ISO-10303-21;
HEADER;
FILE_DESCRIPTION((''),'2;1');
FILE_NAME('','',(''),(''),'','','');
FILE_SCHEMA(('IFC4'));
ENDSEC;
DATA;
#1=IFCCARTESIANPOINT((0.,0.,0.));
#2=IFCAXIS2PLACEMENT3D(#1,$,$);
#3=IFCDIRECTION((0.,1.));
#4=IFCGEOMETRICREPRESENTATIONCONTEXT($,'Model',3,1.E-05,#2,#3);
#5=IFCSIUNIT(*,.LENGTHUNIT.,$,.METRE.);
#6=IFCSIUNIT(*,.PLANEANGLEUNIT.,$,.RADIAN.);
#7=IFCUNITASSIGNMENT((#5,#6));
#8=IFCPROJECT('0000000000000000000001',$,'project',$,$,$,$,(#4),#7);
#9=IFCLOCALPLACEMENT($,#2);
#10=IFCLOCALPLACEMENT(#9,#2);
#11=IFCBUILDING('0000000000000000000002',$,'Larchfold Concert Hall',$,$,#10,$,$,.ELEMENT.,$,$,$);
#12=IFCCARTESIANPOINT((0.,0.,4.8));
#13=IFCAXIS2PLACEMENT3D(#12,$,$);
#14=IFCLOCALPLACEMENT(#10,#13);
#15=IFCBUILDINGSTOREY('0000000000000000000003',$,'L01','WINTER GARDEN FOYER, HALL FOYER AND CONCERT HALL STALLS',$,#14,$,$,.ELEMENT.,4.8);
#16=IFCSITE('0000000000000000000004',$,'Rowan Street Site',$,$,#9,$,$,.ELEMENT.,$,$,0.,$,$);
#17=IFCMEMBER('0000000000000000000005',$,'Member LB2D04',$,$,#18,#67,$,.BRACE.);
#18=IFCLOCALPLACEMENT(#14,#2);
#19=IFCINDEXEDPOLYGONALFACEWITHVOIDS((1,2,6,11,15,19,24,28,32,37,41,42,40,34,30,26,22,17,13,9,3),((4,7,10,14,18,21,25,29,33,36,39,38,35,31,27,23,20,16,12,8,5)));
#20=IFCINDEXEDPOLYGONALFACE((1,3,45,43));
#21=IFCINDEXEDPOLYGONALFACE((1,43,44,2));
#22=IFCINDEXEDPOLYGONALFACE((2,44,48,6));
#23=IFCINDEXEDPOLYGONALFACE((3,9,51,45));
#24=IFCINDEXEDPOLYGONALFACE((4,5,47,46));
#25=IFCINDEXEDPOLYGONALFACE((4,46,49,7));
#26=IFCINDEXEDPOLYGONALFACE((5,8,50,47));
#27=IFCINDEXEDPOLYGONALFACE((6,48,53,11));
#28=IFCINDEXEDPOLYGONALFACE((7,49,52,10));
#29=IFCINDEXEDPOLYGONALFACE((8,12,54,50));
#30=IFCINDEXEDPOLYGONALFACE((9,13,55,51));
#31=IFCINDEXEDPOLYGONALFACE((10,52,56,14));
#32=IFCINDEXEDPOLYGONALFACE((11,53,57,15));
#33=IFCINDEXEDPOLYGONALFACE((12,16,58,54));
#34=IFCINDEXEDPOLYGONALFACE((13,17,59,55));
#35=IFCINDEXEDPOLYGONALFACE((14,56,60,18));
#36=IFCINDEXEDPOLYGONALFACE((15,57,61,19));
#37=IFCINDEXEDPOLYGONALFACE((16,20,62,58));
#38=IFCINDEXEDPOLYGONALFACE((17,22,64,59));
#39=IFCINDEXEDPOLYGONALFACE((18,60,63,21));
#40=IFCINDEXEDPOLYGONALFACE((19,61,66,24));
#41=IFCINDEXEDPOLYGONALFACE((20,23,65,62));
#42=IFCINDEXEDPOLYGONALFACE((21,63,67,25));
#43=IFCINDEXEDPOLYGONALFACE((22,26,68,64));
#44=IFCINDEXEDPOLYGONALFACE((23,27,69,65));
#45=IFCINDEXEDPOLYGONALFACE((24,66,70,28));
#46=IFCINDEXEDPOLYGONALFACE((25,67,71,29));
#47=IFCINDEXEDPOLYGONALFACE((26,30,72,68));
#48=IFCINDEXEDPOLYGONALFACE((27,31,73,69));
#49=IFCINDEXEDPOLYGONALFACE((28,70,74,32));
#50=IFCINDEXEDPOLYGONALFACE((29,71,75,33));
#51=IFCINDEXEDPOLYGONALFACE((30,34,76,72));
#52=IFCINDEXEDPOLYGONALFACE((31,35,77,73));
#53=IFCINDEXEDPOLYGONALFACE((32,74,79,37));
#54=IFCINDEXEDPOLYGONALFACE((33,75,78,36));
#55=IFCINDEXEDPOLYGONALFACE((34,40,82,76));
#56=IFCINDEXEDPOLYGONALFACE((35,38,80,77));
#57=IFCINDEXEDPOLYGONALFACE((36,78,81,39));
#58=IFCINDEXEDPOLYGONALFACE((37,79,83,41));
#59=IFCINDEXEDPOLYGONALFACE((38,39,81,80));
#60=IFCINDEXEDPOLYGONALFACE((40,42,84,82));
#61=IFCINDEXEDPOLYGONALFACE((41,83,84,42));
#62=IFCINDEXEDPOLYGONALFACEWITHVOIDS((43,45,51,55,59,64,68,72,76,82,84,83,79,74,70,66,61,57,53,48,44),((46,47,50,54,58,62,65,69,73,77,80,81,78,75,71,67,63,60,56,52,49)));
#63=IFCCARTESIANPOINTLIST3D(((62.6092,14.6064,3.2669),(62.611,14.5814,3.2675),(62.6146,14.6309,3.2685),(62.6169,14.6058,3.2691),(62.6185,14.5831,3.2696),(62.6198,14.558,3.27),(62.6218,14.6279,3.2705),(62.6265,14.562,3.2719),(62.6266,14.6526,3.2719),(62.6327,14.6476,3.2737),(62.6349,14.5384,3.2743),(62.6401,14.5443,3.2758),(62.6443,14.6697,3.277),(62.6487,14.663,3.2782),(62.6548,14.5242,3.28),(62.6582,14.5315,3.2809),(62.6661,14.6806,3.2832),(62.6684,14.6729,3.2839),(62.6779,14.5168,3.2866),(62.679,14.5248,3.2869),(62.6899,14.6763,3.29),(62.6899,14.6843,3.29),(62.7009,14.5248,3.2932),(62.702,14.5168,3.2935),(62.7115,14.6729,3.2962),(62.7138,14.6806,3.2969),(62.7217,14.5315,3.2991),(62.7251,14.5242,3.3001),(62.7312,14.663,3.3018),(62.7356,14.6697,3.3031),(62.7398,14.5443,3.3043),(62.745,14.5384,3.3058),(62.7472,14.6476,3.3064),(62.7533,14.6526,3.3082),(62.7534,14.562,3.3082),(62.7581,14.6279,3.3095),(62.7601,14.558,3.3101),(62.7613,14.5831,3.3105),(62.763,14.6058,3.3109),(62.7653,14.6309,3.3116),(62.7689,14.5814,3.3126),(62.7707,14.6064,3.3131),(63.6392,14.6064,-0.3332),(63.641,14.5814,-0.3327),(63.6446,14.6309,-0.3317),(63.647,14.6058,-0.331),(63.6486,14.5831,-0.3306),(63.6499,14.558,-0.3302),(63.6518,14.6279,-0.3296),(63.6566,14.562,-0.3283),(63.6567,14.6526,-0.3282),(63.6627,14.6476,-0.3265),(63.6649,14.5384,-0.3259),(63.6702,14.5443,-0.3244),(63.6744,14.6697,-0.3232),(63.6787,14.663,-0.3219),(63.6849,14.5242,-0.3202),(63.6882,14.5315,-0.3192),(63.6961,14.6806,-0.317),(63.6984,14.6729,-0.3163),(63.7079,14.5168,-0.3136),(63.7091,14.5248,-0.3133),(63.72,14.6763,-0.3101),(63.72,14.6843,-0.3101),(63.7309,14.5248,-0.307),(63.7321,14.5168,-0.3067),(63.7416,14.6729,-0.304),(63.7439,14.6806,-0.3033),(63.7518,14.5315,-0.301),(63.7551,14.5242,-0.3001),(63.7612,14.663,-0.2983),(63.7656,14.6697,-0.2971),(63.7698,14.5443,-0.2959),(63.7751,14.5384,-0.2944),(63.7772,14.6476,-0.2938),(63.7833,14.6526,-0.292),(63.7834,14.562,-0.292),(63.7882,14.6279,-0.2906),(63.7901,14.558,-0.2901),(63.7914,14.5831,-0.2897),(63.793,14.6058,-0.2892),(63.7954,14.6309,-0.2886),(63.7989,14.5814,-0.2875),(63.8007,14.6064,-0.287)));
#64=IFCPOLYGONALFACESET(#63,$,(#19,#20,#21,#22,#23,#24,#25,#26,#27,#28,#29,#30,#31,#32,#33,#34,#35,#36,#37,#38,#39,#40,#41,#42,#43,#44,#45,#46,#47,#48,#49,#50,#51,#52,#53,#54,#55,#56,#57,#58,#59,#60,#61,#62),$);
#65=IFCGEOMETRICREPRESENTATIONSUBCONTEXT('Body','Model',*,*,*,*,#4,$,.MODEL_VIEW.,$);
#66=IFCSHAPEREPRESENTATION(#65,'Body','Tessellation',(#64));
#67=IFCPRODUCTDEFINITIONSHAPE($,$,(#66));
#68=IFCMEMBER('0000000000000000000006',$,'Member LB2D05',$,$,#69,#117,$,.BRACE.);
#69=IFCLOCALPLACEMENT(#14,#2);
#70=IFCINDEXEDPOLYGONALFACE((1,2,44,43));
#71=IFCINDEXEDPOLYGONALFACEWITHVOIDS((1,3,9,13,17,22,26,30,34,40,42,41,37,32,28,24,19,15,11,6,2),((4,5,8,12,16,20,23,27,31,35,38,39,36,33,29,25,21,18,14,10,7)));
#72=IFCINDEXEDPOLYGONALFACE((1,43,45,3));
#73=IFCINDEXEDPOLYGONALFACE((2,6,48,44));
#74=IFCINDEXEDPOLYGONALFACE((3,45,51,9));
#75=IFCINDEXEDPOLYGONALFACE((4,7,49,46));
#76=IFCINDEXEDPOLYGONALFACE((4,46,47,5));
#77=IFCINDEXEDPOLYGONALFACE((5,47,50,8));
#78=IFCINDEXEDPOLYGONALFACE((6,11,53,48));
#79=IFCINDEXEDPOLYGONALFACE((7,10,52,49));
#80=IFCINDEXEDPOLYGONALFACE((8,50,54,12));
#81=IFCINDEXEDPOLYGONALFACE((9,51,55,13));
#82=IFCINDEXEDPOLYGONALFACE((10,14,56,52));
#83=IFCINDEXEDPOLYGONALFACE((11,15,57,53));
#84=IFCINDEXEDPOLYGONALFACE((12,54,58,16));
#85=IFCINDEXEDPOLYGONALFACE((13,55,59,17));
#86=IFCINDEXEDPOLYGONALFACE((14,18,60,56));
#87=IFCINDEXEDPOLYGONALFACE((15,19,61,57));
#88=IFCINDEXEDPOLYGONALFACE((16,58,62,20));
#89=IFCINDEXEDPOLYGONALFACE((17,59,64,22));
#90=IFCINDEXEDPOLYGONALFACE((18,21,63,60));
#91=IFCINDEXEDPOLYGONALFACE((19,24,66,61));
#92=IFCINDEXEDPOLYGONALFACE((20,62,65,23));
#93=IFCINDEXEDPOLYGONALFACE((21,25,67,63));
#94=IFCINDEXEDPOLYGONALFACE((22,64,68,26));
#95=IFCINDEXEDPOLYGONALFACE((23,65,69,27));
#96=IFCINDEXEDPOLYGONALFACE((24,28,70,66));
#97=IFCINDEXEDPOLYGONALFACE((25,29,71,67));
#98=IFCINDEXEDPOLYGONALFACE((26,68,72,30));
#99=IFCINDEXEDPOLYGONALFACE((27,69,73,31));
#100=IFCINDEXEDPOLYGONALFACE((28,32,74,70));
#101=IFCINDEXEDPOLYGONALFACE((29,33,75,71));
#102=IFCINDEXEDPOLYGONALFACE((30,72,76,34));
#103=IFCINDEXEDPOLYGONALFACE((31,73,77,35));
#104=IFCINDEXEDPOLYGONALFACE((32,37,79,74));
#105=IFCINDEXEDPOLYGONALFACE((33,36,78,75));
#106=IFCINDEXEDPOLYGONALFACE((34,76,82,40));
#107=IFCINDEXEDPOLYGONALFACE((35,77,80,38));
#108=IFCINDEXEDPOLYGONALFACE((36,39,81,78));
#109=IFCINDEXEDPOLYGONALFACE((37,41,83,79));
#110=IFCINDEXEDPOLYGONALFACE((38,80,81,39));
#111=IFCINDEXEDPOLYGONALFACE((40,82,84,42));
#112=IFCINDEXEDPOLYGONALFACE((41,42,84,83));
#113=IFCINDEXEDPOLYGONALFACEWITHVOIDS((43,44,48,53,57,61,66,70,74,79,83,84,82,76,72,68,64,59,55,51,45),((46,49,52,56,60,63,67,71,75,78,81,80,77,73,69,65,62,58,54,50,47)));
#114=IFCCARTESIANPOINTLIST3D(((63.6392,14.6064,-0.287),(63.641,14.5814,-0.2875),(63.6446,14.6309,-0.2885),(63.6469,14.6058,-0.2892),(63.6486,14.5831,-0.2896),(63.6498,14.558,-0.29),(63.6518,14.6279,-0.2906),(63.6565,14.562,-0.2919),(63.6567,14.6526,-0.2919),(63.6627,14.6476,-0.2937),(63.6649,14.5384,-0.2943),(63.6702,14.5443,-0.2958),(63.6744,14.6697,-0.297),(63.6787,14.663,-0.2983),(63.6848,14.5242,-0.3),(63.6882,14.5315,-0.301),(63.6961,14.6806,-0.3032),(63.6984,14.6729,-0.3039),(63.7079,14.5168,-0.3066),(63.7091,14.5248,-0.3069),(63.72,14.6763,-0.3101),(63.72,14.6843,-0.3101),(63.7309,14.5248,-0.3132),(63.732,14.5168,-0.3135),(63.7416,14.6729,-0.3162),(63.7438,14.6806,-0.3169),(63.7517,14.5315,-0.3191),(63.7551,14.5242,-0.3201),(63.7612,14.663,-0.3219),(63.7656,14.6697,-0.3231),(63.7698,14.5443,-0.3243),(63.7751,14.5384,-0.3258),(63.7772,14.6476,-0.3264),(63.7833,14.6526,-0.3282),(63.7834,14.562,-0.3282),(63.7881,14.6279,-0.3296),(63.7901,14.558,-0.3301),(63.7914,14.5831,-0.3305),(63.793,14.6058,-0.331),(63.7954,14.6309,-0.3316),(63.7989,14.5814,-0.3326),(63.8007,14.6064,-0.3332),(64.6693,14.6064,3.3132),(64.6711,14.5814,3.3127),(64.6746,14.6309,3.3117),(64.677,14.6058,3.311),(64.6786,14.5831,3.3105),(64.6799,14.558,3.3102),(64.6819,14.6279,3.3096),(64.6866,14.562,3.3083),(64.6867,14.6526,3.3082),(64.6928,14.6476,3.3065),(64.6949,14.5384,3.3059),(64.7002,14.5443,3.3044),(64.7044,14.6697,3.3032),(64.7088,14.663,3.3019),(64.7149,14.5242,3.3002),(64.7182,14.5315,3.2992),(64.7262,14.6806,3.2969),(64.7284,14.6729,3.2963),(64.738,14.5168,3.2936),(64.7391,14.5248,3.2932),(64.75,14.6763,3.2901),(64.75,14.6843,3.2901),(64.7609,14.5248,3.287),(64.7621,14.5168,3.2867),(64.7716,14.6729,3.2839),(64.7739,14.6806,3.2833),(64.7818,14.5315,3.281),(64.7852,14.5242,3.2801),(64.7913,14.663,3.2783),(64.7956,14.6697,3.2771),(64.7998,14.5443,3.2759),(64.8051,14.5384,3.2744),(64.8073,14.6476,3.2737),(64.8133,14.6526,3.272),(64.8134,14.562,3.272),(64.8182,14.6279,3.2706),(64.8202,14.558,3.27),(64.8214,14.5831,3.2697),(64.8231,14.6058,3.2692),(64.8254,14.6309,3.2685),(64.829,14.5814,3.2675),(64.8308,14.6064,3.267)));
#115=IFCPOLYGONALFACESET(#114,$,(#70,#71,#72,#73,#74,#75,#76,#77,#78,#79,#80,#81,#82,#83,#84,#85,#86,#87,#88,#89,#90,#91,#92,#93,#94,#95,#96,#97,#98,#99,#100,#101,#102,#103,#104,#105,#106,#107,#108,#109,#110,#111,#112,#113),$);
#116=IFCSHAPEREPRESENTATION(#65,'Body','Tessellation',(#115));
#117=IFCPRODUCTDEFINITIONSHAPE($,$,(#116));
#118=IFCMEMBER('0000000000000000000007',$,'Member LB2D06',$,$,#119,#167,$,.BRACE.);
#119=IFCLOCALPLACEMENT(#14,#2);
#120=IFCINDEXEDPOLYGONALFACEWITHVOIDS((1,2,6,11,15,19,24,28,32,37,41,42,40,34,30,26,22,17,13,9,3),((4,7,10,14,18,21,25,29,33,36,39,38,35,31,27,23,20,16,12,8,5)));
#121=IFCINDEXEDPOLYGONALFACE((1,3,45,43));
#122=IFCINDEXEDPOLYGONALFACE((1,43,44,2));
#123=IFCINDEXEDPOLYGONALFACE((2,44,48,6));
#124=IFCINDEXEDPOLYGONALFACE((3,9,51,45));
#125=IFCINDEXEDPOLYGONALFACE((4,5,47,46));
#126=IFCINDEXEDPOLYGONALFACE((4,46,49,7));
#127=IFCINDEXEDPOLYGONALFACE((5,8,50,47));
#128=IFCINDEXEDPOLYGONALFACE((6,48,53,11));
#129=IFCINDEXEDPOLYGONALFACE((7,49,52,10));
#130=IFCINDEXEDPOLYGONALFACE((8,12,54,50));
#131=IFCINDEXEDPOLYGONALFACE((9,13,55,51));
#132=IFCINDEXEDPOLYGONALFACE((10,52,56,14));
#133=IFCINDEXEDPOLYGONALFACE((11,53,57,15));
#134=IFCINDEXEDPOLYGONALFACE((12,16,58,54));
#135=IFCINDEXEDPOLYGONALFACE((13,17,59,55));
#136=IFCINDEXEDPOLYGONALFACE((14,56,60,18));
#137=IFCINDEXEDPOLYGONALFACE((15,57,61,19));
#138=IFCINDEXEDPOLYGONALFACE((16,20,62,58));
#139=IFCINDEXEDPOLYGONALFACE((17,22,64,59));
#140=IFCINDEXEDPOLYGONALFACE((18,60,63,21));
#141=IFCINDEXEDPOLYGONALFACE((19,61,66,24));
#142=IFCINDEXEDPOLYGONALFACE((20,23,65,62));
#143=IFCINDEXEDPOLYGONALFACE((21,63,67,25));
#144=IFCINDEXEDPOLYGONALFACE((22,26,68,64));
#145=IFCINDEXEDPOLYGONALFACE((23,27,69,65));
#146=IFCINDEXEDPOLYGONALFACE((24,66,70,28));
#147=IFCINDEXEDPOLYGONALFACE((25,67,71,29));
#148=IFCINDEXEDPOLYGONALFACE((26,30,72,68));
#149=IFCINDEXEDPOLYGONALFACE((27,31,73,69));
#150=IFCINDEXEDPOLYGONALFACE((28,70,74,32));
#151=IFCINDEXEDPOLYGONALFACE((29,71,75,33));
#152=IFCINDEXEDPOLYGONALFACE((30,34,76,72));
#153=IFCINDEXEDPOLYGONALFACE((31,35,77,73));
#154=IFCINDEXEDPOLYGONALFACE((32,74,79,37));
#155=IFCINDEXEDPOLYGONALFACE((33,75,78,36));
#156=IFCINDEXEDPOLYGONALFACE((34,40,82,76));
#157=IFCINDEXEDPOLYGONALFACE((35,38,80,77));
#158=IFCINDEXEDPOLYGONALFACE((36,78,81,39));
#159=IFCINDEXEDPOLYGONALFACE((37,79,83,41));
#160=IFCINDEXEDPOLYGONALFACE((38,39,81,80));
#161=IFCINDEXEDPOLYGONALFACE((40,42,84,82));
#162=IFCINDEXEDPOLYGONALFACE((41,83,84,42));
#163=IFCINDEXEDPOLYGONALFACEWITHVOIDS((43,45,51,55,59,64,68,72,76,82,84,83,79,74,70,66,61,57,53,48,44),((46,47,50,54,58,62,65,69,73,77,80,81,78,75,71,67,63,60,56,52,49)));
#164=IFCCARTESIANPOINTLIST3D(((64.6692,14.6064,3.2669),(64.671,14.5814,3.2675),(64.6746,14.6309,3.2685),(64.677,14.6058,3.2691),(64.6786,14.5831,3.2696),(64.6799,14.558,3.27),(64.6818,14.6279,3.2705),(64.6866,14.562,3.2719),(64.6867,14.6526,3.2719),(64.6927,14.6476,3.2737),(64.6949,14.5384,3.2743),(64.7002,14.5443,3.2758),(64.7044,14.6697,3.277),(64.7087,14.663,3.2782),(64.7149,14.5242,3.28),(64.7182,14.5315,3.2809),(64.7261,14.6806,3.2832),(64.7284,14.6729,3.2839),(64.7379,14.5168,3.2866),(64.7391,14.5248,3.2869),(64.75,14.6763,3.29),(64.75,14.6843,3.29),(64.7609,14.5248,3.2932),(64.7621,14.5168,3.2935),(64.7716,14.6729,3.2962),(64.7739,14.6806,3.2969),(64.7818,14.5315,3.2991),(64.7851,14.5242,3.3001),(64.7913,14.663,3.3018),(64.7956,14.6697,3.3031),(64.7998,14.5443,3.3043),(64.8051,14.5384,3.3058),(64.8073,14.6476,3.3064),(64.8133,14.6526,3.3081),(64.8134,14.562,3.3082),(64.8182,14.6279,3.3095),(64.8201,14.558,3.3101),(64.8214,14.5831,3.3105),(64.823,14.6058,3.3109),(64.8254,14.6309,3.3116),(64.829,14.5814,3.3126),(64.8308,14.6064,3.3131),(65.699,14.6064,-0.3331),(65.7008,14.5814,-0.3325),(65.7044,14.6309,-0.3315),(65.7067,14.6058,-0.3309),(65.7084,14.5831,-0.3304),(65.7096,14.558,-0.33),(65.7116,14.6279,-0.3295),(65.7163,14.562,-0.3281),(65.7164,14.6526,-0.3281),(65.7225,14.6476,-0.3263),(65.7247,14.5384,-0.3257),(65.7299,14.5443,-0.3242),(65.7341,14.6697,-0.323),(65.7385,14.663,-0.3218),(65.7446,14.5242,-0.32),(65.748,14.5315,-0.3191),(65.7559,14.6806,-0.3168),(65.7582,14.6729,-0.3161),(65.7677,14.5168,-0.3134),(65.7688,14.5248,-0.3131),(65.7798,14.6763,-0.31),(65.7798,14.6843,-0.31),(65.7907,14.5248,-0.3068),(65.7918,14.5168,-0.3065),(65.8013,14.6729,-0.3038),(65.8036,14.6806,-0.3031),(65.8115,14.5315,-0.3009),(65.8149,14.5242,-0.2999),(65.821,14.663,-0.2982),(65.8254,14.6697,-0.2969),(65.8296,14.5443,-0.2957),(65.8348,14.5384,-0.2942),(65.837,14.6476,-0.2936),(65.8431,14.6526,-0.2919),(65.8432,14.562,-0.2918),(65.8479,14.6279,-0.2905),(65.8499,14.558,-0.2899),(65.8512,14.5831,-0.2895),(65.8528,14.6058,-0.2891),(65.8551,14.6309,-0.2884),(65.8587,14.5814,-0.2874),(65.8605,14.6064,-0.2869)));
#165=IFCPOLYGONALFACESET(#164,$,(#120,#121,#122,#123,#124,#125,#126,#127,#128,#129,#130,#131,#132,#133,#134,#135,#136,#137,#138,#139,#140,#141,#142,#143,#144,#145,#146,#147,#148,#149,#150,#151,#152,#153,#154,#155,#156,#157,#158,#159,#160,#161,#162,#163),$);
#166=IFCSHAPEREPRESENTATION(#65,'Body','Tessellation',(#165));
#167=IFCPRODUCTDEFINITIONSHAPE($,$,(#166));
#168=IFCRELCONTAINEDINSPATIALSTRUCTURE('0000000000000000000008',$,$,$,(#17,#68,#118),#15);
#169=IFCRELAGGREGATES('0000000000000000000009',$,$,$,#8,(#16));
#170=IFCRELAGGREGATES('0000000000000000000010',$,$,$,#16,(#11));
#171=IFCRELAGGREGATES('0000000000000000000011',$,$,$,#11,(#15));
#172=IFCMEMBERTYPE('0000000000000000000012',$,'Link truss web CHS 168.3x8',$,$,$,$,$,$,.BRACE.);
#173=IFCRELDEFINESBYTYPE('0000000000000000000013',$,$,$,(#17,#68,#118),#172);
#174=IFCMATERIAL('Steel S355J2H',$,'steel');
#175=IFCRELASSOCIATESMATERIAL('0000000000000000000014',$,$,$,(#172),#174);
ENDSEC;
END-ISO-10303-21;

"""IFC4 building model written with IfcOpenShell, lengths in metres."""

from ifc_helpers import new_model, si_unit, direction, frame, origin, origin_2d, place, context, subcontext, project, spatial, hollow_circle, extrude, material, material_profile, profile_set, type_object, element, save


model = new_model("IFC4")

# Units and contexts
model_context = context("Model", 3, precision=1e-05, world=origin(), true_north=direction((0.0, 1.0)))
body_context = subcontext(model_context, "Body", "Model", "MODEL_VIEW")
ifc_project = project(units=[si_unit("LENGTHUNIT", "METRE"), si_unit("PLANEANGLEUNIT", "RADIAN")], contexts=[model_context])

# Site, building, storey
site_placement = place(None, origin())
site = spatial("IfcSite", under=ifc_project, at=site_placement, Name="Rowan Street Site", CompositionType="ELEMENT", RefElevation=0.0)
building_placement = place(site_placement, origin())
building = spatial("IfcBuilding", under=site, at=building_placement, Name="Larchfold Concert Hall", CompositionType="ELEMENT")
storey_placement = place(building_placement, frame((0.0, 0.0, 4.8)))
storey = spatial("IfcBuildingStorey", under=building, at=storey_placement, Name="L01", Description="WINTER GARDEN FOYER, HALL FOYER AND CONCERT HALL STALLS", CompositionType="ELEMENT", Elevation=4.8)

# Members
ifc_material_1 = material(Name="Steel S355J2H", Category="steel")
ifc_material_profile_1 = material_profile(ifc_material_1, hollow_circle(Radius=0.0842, WallThickness=0.0081, at=origin_2d()))
ifc_profile_set_1 = profile_set([ifc_material_profile_1], Name="Steel S355J2H")
member_type_1 = type_object("IfcMemberType", Name="Link truss web CHS 168.3x8", PredefinedType="BRACE", material=ifc_profile_set_1)
for number, where, z_axis, x_axis, name in (
    (1, (62.6899, 14.6001, 3.29), (0.275074, 0.0, -0.961423), (0.0, 1.0, 0.0), "Member LB2D04"),
    (2, (63.72, 14.6001, -0.3101), (0.275074, 0.0, 0.961423), (0.0, 1.0, 0.0), "Member LB2D05"),
):
    element("IfcMember", number, at=place(storey_placement, frame(where, z_axis=z_axis, x_axis=x_axis)), inside=storey, type_object=member_type_1, Name=name, PredefinedType="BRACE", context=body_context, shape_type="SweptSolid", body=[
        extrude(hollow_circle(Radius=0.0842, WallThickness=0.0081, at=origin_2d()), origin(), (0.0, 0.0, 1.0), 3.7446),
    ])
member_1_placement = place(storey_placement, frame((64.75, 14.6001, 3.29), z_axis=(0.275014, 0.0, -0.96144), x_axis=(0.0, 1.0, 0.0)))
element("IfcMember", 3, at=member_1_placement, inside=storey, type_object=member_type_1, Name="Member LB2D06", PredefinedType="BRACE", context=body_context, shape_type="SweptSolid", body=[
    extrude(hollow_circle(Radius=0.0842, WallThickness=0.0081, at=origin_2d()), origin(), (0.0, 0.0, 1.0), 3.7444),
])

save(model, "model.ifc")
